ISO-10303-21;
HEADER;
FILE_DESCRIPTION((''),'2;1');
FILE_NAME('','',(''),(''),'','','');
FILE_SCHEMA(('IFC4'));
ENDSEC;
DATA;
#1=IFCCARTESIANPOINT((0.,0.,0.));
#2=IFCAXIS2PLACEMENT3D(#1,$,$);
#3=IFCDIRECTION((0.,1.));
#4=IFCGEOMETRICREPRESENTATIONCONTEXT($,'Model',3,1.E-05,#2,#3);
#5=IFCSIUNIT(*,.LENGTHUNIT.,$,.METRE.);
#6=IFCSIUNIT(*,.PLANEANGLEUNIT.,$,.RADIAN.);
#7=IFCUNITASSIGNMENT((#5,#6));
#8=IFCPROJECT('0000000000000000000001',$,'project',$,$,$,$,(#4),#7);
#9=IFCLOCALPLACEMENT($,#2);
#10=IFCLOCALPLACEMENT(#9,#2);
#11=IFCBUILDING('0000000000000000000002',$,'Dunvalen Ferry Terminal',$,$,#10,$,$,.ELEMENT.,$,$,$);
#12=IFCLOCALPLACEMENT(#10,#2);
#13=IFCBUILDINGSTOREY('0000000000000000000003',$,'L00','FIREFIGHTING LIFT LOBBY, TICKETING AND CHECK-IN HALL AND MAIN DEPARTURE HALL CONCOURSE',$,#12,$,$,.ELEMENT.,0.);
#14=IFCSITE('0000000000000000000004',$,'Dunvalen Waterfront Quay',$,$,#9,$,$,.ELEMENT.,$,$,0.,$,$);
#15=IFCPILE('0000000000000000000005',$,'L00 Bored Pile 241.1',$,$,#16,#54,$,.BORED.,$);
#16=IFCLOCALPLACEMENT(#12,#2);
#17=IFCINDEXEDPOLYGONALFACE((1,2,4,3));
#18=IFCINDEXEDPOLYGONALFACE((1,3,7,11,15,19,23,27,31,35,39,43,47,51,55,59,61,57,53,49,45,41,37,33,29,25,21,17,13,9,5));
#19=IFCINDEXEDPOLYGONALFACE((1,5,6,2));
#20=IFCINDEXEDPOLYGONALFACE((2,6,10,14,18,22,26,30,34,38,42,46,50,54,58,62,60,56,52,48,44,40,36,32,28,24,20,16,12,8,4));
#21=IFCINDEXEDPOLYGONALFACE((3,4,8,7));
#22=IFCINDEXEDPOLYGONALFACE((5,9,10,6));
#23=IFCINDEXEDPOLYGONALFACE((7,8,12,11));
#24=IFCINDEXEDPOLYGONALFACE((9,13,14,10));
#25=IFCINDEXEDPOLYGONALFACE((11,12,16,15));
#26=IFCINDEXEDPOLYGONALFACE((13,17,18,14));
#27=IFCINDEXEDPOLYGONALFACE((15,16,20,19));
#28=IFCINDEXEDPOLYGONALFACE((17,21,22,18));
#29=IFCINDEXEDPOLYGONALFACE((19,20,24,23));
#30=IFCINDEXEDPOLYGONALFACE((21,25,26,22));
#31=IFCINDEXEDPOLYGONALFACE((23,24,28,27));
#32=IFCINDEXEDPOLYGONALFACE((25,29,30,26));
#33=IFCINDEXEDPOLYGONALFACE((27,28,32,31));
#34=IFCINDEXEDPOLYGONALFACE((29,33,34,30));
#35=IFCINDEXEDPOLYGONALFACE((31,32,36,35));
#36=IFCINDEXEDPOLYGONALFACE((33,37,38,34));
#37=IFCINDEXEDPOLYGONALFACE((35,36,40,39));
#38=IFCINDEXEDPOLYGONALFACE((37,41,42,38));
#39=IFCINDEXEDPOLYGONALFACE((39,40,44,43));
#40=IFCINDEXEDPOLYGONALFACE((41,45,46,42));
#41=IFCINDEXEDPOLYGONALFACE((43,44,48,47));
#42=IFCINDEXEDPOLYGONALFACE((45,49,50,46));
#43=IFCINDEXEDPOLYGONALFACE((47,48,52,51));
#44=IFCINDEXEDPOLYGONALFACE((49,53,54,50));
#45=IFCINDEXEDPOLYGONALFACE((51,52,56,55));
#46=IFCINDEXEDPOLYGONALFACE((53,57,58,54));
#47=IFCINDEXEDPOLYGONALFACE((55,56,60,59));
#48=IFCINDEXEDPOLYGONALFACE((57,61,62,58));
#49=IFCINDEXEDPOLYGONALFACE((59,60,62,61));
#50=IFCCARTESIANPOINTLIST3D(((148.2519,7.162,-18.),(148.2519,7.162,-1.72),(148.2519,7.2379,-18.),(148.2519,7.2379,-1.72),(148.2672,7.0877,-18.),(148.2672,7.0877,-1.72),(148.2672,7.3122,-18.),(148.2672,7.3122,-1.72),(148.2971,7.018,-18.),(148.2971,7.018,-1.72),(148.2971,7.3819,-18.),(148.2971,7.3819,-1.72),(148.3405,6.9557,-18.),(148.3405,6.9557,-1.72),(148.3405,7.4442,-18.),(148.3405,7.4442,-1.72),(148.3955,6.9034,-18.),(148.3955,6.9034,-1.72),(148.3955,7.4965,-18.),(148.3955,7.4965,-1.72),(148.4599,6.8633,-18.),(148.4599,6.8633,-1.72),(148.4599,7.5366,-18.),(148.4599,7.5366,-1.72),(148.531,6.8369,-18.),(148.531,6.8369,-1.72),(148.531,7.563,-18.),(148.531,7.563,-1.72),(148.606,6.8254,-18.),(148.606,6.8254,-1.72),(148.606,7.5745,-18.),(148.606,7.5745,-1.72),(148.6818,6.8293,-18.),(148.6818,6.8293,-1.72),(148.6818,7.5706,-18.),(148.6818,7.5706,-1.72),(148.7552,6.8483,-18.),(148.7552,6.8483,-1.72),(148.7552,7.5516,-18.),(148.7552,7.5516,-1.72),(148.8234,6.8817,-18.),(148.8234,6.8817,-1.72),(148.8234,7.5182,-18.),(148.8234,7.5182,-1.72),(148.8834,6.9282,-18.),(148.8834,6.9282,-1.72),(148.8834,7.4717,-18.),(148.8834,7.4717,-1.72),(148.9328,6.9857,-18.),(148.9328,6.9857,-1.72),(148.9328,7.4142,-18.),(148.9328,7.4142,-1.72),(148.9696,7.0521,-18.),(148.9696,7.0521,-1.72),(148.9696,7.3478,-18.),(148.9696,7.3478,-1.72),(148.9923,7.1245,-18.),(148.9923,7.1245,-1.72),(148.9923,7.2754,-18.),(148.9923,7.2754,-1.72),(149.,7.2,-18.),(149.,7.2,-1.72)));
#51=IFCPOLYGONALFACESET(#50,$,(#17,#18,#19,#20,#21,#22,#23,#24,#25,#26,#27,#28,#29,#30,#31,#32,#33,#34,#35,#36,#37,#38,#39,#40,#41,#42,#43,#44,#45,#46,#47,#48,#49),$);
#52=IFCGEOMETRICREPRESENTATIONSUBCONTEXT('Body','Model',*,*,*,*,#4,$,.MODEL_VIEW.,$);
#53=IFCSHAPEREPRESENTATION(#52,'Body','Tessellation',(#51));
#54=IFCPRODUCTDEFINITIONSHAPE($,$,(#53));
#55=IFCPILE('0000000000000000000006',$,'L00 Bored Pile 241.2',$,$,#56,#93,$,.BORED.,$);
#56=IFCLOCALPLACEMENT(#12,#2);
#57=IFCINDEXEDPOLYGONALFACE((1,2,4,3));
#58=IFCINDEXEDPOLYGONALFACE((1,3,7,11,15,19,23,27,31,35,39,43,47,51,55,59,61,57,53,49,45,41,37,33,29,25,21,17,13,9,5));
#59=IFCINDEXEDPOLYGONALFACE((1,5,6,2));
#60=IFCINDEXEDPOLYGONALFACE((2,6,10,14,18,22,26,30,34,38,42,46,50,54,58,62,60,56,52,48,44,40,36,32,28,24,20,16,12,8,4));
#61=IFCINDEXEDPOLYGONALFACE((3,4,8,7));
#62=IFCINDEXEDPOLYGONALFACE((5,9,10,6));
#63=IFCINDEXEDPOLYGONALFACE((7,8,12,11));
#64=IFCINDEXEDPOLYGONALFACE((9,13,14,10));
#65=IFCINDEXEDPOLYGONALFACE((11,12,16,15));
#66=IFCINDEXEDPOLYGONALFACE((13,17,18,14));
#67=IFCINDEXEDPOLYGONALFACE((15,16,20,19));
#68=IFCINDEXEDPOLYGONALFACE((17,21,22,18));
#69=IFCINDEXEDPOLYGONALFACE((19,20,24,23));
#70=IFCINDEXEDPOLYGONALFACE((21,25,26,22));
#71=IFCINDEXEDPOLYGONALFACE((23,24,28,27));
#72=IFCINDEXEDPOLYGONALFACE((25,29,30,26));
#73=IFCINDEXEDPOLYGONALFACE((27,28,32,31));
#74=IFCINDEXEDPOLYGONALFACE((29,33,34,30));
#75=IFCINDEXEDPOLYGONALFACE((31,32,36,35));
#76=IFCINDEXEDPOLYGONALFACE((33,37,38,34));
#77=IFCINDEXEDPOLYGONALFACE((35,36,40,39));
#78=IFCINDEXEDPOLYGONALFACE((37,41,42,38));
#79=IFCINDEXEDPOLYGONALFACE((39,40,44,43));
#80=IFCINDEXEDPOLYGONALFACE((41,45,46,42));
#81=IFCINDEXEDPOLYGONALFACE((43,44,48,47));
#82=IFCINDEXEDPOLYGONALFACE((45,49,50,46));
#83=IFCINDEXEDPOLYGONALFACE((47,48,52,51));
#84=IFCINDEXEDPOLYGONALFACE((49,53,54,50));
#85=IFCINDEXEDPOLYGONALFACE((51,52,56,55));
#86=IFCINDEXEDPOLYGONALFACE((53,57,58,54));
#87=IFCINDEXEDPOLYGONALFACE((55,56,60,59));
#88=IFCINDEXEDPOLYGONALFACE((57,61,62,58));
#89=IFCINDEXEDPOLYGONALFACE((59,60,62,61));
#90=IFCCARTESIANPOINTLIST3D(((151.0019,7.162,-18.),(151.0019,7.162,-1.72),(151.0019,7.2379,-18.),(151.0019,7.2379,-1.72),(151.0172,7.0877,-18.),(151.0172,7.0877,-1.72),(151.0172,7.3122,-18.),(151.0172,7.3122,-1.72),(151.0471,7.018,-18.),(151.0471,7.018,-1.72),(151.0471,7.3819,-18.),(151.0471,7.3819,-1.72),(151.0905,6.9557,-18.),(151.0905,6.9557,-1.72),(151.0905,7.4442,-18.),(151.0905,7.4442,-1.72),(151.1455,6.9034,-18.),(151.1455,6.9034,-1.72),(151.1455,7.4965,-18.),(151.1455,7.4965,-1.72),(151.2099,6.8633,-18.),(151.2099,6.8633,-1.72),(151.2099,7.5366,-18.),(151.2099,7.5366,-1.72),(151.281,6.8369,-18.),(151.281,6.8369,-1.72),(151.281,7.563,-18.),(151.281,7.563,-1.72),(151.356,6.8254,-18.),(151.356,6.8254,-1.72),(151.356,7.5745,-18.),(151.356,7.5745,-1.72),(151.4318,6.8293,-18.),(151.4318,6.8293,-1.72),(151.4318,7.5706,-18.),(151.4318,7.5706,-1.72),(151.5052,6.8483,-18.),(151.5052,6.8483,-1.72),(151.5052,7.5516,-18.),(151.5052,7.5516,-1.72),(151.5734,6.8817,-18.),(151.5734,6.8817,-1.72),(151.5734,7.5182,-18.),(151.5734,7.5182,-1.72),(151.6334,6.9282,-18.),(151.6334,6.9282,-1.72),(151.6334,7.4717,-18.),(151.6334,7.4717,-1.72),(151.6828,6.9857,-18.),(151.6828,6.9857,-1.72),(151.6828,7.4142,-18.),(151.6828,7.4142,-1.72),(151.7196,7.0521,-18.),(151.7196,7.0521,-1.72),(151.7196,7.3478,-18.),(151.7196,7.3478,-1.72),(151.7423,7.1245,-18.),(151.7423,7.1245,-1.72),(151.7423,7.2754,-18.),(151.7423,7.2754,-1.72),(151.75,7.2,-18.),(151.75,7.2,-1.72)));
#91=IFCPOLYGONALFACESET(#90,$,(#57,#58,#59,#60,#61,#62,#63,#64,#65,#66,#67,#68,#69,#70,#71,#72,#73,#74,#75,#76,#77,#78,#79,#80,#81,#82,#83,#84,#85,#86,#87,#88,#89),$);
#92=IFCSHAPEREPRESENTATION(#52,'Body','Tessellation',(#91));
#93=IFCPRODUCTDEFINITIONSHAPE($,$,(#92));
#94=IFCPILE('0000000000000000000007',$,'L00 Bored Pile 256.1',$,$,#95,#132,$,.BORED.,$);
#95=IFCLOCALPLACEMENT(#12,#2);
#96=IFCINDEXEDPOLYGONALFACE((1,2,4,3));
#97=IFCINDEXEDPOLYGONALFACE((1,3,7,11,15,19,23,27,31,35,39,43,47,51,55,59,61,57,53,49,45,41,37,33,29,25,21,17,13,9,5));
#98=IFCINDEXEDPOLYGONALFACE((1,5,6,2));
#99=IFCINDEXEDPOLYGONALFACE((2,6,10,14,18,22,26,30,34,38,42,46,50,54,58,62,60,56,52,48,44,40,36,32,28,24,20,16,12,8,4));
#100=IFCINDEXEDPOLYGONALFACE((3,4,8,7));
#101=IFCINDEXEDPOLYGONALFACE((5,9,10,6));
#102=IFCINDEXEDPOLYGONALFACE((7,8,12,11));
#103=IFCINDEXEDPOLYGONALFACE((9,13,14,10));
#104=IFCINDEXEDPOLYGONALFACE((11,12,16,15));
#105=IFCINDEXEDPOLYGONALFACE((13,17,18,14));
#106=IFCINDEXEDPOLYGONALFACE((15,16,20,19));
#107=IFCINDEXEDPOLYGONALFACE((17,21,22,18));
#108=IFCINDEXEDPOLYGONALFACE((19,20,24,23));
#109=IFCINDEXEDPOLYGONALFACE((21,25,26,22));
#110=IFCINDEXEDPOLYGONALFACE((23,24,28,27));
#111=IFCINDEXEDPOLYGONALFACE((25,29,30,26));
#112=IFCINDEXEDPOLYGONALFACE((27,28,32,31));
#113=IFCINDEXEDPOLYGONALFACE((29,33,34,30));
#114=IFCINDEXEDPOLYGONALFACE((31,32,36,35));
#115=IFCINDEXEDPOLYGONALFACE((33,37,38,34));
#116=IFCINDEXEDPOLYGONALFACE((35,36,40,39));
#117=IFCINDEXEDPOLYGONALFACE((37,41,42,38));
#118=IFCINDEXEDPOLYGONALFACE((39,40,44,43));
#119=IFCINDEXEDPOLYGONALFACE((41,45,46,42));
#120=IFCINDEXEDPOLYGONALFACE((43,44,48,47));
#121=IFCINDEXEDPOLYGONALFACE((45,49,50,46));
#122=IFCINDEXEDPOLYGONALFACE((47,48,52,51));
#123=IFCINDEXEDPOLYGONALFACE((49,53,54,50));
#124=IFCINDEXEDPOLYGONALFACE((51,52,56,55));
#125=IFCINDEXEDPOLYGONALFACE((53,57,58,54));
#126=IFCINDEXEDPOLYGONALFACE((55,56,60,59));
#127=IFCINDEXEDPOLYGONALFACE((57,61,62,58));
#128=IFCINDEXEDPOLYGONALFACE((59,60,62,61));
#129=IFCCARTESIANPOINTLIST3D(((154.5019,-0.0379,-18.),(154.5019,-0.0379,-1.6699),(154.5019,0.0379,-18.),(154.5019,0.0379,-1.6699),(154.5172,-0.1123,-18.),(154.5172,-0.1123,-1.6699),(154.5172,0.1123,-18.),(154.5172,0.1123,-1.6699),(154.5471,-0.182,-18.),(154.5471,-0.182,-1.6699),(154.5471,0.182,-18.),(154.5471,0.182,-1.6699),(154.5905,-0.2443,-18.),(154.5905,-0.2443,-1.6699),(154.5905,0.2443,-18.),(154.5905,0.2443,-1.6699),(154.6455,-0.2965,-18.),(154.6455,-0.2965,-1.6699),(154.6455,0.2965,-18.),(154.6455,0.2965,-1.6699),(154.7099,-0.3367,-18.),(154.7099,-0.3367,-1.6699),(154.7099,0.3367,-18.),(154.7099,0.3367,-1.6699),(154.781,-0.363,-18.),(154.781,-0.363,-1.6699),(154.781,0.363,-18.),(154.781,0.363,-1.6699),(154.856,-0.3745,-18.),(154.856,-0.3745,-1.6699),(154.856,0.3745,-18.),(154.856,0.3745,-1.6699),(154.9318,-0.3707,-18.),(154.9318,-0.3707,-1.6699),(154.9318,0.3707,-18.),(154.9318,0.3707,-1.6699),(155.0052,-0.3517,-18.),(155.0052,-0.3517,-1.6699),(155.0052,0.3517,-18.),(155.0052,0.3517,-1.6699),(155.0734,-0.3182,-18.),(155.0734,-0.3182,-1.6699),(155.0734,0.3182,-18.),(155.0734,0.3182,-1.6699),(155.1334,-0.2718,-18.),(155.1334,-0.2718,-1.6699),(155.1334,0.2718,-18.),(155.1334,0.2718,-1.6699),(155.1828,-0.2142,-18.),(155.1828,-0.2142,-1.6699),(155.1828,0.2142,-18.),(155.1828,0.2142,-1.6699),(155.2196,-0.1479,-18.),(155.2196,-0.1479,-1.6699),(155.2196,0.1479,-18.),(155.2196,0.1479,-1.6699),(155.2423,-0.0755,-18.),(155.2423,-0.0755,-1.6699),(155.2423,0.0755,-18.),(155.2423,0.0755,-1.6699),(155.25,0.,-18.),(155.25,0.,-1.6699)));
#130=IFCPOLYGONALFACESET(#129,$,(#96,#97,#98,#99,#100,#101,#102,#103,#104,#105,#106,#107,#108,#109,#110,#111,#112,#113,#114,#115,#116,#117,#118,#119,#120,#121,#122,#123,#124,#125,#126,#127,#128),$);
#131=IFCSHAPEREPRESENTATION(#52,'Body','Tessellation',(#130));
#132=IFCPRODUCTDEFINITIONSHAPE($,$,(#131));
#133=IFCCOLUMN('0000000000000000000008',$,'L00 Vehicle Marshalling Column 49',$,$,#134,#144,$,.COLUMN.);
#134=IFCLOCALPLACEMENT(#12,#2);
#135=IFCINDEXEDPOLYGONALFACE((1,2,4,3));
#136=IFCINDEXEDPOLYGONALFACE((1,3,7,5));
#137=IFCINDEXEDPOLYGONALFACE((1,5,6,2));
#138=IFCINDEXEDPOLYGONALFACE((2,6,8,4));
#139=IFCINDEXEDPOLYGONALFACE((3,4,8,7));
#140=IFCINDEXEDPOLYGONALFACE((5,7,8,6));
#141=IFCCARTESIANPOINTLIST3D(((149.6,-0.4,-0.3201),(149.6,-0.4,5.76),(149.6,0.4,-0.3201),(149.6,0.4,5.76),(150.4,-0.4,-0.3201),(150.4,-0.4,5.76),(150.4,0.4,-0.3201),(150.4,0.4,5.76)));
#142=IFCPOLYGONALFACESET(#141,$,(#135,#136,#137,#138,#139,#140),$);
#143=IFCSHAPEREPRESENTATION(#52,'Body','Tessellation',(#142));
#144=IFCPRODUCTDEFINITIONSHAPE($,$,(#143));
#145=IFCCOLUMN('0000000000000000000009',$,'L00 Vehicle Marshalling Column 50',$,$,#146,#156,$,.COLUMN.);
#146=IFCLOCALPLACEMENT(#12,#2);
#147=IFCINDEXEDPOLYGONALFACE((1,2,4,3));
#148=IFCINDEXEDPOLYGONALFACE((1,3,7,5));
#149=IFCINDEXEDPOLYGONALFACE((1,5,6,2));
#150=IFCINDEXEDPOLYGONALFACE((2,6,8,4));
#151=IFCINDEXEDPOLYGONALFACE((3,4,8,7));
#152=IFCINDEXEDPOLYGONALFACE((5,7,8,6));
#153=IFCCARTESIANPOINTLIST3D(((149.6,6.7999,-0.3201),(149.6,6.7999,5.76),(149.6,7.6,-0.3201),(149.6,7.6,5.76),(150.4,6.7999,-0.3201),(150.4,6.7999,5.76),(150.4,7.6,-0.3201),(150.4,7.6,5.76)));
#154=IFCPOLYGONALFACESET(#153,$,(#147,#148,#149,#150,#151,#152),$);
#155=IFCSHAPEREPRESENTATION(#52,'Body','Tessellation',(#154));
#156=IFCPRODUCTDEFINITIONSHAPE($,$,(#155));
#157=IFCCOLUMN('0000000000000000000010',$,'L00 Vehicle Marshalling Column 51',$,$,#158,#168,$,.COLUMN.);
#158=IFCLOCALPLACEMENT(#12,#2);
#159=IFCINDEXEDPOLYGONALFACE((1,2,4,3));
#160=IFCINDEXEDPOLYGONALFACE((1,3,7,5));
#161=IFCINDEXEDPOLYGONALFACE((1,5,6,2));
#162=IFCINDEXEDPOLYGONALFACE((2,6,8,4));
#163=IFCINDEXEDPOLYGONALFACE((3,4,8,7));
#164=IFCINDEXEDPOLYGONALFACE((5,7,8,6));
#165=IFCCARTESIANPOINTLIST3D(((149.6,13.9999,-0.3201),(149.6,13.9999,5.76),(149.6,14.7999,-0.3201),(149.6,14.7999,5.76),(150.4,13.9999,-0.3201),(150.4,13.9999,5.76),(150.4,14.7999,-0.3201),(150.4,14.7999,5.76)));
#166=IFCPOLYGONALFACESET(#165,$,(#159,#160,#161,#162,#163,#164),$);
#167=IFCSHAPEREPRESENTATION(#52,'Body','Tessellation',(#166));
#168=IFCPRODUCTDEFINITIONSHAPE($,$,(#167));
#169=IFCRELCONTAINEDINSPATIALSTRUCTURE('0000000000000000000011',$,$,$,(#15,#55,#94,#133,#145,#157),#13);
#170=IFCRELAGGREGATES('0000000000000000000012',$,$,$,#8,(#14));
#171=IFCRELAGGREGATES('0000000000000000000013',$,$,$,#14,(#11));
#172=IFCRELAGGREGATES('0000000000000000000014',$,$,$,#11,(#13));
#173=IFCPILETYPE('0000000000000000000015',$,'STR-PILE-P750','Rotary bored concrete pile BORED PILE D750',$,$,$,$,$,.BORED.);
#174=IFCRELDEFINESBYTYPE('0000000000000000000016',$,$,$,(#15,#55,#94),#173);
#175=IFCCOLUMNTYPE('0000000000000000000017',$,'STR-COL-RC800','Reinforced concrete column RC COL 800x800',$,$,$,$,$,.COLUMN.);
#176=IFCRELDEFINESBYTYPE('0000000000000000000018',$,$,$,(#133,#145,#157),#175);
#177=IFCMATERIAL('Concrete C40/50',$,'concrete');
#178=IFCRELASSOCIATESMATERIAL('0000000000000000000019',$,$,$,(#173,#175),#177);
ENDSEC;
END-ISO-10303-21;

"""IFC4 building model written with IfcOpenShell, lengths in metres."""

from ifc_helpers import new_model, si_unit, direction, frame, origin, origin_2d, place, context, subcontext, project, spatial, rectangle, circle, extrude, material, material_profile, profile_set, type_object, element, save


model = new_model("IFC4")

# Units and contexts
model_context = context("Model", 3, precision=1e-05, world=origin(), true_north=direction((0.0, 1.0)))
body_context = subcontext(model_context, "Body", "Model", "MODEL_VIEW")
ifc_project = project(units=[si_unit("LENGTHUNIT", "METRE"), si_unit("PLANEANGLEUNIT", "RADIAN")], contexts=[model_context])

# Site, building, storey
site_placement = place(None, origin())
site = spatial("IfcSite", under=ifc_project, at=site_placement, Name="Dunvalen Waterfront Quay", CompositionType="ELEMENT", RefElevation=0.0)
building_placement = place(site_placement, origin())
building = spatial("IfcBuilding", under=site, at=building_placement, Name="Dunvalen Ferry Terminal", CompositionType="ELEMENT")
storey_placement = place(building_placement, origin())
storey = spatial("IfcBuildingStorey", under=building, at=storey_placement, Name="L00", Description="FIREFIGHTING LIFT LOBBY, TICKETING AND CHECK-IN HALL AND MAIN DEPARTURE HALL CONCOURSE", CompositionType="ELEMENT", Elevation=0.0)

# Shared definitions
ifc_material_1 = material(Name="Concrete C40/50", Category="concrete")

# Piles
ifc_material_profile_1 = material_profile(ifc_material_1, circle(Radius=0.375, at=origin_2d()), Name="Concrete C40/50")
ifc_profile_set_1 = profile_set([ifc_material_profile_1], Name="Concrete C40/50")
pile_type = type_object("IfcPileType", Name="STR-PILE-P750", Description="Rotary bored concrete pile BORED PILE D750", PredefinedType="BORED", material=ifc_profile_set_1)
for number, where, z_axis, x_axis, name in (
    (1, (148.625, 7.2, -1.72), (0.0, 0.0, -1.0), (1.0, 0.0, 0.0), "L00 Bored Pile 241.1"),
    (2, (151.375, 7.2, -1.72), (0.0, 0.0, -1.0), (1.0, 0.0, 0.0), "L00 Bored Pile 241.2"),
):
    element("IfcPile", number, at=place(storey_placement, frame(where, z_axis=z_axis, x_axis=x_axis)), inside=storey, type_object=pile_type, Name=name, PredefinedType="BORED", context=body_context, shape_type="SweptSolid", body=[
        extrude(circle(Radius=0.375, at=origin_2d()), origin(), (0.0, 0.0, 1.0), 16.28),
    ])
pile_1_placement = place(storey_placement, frame((154.875, 0.0, -1.6699), z_axis=(0.0, 0.0, -1.0), x_axis=(1.0, 0.0, 0.0)))
element("IfcPile", 3, at=pile_1_placement, inside=storey, type_object=pile_type, Name="L00 Bored Pile 256.1", PredefinedType="BORED", context=body_context, shape_type="SweptSolid", body=[
    extrude(circle(Radius=0.375, at=origin_2d()), origin(), (0.0, 0.0, 1.0), 16.3301),
])

# Columns
ifc_material_profile_2 = material_profile(ifc_material_1, rectangle(XDim=0.8, YDim=0.8, at=origin_2d()), Name="Concrete C40/50")
ifc_profile_set_2 = profile_set([ifc_material_profile_2], Name="Concrete C40/50")
column_type = type_object("IfcColumnType", Name="STR-COL-RC800", Description="Reinforced concrete column RC COL 800x800", PredefinedType="COLUMN", material=ifc_profile_set_2)
for number, where, z_axis, x_axis, name in (
    (4, (150.0, 0.0, -0.3201), (0.0, 0.0, 1.0), (1.0, 0.0, 0.0), "L00 Vehicle Marshalling Column 49"),
    (5, (150.0, 7.2, -0.3201), (0.0, 0.0, 1.0), (1.0, 0.0, 0.0), "L00 Vehicle Marshalling Column 50"),
    (6, (150.0, 14.3999, -0.3201), (0.0, 0.0, 1.0), (1.0, 0.0, 0.0), "L00 Vehicle Marshalling Column 51"),
):
    element("IfcColumn", number, at=place(storey_placement, frame(where, z_axis=z_axis, x_axis=x_axis)), inside=storey, type_object=column_type, Name=name, PredefinedType="COLUMN", context=body_context, shape_type="SweptSolid", body=[
        extrude(rectangle(XDim=0.8, YDim=0.8, at=origin_2d()), origin(), (0.0, 0.0, 1.0), 6.0801),
    ])

save(model, "model.ifc")
